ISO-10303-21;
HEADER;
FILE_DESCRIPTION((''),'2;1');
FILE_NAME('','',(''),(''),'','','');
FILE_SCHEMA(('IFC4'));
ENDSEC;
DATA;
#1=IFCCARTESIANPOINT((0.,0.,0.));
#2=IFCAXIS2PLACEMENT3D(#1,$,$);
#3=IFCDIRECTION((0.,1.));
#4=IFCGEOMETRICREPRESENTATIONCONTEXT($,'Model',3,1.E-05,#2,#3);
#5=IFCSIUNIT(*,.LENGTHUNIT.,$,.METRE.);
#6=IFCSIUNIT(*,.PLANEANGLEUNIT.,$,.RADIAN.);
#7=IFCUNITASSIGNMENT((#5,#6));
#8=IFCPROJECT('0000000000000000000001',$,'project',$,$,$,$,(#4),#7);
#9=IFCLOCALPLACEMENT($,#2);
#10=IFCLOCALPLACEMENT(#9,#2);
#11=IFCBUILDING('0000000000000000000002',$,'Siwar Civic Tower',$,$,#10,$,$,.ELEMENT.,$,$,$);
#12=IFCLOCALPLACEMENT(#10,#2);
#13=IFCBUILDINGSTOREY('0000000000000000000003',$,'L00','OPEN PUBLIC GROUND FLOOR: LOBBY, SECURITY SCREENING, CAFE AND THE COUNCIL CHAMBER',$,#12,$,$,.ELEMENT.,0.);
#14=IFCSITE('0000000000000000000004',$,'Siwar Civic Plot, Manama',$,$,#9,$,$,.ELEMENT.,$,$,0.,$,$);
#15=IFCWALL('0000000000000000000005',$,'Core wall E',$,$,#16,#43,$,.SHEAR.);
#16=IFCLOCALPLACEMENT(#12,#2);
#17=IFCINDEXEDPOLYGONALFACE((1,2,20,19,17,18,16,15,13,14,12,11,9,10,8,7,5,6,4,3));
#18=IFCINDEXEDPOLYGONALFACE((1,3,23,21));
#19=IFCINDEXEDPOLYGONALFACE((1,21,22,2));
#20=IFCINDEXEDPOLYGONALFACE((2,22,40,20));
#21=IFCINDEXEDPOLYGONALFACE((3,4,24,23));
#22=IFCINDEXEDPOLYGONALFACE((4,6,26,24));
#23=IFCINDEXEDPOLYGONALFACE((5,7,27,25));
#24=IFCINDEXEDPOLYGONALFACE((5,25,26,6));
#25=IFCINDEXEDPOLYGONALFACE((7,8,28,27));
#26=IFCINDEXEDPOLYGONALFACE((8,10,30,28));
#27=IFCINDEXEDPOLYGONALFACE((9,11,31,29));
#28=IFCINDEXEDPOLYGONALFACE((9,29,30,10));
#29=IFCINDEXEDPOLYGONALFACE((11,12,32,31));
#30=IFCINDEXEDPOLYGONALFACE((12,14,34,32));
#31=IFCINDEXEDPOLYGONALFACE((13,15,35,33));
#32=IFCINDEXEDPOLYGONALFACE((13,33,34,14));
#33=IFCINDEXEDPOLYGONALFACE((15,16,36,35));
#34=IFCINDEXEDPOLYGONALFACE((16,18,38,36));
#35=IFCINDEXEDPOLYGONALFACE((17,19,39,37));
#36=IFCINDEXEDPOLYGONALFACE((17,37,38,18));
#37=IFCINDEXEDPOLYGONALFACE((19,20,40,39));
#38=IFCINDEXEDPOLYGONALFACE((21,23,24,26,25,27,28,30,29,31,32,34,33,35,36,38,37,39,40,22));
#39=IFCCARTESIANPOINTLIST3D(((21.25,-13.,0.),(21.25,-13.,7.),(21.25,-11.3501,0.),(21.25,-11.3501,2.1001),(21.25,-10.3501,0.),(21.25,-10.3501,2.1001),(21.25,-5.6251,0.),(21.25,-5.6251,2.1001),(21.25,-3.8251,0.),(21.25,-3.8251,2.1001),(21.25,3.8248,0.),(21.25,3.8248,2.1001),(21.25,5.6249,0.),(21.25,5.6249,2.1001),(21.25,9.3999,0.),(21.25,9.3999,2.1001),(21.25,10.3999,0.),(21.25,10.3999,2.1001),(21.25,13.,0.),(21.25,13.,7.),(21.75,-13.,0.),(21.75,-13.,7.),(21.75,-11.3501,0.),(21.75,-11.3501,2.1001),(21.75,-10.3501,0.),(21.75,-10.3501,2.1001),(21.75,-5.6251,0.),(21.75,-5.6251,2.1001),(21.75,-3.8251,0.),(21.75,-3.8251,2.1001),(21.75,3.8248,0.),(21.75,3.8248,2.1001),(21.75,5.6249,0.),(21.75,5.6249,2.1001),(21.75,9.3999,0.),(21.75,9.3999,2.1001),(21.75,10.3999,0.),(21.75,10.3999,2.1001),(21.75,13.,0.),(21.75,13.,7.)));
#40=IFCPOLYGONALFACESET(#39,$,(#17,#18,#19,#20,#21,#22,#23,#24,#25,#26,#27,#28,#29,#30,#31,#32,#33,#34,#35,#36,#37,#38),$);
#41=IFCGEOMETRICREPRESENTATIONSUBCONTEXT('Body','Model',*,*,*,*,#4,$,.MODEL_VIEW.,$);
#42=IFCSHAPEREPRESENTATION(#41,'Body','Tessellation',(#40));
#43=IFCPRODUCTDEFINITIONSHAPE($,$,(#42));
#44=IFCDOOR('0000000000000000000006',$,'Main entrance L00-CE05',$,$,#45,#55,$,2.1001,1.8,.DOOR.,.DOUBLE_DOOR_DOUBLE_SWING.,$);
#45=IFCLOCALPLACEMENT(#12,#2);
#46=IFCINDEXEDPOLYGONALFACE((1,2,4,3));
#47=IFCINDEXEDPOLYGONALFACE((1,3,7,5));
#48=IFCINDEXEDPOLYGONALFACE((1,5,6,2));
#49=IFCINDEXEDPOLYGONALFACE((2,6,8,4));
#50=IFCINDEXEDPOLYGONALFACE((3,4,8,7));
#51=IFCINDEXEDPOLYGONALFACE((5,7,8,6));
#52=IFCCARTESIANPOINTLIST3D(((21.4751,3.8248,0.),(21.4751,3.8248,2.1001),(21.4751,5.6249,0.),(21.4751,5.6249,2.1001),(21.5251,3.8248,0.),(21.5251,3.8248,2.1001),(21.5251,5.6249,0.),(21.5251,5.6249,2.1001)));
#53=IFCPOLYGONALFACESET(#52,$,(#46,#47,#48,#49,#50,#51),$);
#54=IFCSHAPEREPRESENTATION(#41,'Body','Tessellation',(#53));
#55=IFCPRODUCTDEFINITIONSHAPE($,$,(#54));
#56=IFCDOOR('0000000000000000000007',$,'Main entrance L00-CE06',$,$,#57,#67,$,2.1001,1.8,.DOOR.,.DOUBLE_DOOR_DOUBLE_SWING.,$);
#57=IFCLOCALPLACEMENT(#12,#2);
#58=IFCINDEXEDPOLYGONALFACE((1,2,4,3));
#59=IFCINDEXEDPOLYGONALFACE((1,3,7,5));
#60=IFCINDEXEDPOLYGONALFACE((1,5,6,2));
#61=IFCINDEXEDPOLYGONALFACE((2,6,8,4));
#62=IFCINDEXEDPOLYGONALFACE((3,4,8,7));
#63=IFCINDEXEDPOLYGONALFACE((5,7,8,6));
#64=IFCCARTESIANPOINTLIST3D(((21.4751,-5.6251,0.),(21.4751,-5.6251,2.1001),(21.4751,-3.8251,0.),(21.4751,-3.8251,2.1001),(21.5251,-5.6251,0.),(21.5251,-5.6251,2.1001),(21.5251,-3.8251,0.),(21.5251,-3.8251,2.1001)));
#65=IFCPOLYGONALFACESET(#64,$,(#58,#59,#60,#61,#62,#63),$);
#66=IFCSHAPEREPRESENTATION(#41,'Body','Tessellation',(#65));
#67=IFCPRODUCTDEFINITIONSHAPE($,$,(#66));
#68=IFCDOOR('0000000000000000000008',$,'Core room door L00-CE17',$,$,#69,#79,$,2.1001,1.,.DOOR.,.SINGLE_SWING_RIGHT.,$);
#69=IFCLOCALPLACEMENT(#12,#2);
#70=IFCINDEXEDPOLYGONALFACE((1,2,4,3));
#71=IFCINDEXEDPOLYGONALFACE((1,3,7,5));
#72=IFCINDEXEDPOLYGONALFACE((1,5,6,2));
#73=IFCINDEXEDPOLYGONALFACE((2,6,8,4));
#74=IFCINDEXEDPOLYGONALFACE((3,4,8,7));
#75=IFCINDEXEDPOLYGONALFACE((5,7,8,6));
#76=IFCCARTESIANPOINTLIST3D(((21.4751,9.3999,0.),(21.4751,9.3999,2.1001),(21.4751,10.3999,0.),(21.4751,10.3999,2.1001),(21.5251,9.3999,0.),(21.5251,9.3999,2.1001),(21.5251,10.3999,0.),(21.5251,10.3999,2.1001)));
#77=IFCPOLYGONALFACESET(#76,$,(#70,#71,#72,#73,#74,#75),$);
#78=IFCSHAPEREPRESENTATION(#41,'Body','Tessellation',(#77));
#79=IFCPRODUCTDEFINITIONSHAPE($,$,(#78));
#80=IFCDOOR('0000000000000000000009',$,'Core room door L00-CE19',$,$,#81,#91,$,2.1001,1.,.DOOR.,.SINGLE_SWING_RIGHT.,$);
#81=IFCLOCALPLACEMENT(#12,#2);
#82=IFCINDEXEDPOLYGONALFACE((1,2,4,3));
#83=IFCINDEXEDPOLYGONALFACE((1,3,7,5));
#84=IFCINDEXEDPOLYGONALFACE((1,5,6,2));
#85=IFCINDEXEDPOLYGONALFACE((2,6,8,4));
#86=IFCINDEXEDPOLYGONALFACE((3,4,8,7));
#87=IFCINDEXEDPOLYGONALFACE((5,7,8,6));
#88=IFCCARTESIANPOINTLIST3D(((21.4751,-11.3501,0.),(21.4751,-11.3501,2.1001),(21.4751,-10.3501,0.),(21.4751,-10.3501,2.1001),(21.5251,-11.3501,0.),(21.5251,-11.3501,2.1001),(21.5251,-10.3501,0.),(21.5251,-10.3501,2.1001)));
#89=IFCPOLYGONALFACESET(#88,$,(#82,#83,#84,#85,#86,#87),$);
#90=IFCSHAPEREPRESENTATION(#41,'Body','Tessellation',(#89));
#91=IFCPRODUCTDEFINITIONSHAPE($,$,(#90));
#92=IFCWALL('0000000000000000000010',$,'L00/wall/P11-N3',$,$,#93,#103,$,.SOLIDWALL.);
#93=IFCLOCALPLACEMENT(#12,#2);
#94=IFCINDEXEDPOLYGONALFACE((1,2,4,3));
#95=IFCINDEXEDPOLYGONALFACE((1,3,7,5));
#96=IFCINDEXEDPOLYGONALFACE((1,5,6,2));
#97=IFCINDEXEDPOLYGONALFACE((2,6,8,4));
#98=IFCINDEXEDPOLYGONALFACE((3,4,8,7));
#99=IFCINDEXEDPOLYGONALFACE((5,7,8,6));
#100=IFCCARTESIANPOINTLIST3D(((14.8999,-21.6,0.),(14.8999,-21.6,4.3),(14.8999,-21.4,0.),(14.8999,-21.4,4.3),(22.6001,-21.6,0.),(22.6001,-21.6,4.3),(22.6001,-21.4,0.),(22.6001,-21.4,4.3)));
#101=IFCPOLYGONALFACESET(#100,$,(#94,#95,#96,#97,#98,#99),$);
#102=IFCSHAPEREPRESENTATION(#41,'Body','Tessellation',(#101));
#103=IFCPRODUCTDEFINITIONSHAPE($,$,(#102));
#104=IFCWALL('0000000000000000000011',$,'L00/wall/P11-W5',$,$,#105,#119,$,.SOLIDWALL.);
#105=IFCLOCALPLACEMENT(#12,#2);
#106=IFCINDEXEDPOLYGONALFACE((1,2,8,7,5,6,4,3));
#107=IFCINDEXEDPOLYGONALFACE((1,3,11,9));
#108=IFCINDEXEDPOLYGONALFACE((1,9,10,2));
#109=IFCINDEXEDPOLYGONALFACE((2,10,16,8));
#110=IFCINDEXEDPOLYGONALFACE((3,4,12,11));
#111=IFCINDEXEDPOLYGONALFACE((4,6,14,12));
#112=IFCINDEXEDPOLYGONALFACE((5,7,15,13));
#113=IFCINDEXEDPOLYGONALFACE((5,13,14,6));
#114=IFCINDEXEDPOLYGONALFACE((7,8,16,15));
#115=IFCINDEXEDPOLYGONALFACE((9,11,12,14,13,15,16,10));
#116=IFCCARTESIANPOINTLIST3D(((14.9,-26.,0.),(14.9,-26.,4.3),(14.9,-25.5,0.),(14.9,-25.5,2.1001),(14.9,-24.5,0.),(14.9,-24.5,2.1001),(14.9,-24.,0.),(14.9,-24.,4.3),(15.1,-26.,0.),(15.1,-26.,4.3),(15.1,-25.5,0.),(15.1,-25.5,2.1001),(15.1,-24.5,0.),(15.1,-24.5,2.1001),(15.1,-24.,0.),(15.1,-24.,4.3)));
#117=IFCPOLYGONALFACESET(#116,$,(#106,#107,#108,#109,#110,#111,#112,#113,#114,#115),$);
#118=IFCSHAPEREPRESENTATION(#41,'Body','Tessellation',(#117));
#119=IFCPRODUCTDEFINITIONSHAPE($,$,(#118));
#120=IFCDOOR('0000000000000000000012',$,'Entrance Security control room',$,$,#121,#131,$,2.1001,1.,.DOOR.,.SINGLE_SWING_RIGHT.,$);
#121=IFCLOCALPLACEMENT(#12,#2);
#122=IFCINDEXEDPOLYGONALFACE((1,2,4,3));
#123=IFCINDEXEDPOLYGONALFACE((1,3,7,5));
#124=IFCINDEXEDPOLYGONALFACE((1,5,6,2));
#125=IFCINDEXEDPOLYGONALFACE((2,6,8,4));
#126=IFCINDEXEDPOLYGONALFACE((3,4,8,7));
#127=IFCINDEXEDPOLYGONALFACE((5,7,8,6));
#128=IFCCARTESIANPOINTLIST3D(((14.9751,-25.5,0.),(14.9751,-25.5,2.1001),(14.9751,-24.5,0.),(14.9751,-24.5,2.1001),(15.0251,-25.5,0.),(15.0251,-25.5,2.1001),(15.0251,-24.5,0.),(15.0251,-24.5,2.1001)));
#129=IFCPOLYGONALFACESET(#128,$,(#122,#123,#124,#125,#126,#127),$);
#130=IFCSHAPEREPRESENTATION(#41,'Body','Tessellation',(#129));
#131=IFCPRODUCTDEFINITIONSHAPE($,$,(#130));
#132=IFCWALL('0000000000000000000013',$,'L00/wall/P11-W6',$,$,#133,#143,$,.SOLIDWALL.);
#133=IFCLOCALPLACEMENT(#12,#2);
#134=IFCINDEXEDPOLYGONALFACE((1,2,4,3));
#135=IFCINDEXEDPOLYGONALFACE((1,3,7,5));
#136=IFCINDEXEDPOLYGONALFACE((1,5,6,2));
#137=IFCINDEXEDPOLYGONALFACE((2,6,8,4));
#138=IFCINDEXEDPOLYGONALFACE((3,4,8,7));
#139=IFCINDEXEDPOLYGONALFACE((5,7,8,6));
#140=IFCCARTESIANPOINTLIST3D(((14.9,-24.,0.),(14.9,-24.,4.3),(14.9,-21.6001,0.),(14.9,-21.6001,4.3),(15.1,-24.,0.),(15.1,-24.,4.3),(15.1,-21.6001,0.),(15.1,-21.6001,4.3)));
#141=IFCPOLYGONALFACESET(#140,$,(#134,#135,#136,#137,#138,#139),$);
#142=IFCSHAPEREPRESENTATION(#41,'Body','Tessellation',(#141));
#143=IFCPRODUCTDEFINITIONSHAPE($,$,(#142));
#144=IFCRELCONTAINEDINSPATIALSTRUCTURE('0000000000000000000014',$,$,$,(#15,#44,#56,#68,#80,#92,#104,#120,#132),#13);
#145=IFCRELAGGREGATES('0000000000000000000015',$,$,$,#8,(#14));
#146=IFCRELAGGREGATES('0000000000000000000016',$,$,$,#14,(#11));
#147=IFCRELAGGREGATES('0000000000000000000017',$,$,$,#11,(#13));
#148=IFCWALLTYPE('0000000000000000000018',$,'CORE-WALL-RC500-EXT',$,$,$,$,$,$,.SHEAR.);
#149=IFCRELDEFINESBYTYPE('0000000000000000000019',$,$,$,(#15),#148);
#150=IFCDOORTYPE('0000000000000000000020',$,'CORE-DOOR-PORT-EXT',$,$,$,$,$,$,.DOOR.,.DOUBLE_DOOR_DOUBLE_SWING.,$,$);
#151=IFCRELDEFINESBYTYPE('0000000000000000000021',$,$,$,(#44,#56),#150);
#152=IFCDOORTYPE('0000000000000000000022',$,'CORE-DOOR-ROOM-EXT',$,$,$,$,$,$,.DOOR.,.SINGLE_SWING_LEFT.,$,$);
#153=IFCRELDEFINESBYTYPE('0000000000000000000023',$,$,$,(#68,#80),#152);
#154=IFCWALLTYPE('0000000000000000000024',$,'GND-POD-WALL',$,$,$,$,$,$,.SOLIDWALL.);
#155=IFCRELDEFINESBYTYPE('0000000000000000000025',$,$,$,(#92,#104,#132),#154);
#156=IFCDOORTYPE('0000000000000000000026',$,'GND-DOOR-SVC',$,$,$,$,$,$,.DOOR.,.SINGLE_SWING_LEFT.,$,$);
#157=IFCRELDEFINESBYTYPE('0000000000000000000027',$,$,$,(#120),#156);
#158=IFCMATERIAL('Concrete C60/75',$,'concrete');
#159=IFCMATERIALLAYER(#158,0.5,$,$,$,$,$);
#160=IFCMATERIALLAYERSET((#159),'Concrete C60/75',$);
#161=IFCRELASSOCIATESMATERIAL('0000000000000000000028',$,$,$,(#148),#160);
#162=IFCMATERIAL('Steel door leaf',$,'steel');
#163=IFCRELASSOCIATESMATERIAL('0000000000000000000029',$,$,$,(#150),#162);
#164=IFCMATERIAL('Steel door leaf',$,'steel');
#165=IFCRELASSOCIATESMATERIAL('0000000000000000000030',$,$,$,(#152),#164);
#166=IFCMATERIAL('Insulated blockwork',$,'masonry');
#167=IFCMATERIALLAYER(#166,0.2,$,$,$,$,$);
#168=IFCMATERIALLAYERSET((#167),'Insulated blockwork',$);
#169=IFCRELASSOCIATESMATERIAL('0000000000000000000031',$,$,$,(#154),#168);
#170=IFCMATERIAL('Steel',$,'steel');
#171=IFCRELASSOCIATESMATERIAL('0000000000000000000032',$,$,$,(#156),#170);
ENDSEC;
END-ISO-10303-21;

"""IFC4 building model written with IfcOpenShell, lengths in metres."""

from ifc_helpers import new_model, si_unit, direction, frame, frame_2d, origin, place, context, subcontext, project, spatial, rectangle, extrude, material, layer, layer_set, type_object, element, fill, save


model = new_model("IFC4")

# Units and contexts
model_context = context("Model", 3, precision=1e-05, world=origin(), true_north=direction((0.0, 1.0)))
body_context = subcontext(model_context, "Body", "Model", "MODEL_VIEW")
ifc_project = project(units=[si_unit("LENGTHUNIT", "METRE"), si_unit("PLANEANGLEUNIT", "RADIAN")], contexts=[model_context])

# Site, building, storey
site_placement = place(None, origin())
site = spatial("IfcSite", under=ifc_project, at=site_placement, Name="Siwar Civic Plot, Manama", CompositionType="ELEMENT", RefElevation=0.0)
building_placement = place(site_placement, origin())
building = spatial("IfcBuilding", under=site, at=building_placement, Name="Siwar Civic Tower", CompositionType="ELEMENT")
storey_placement = place(building_placement, origin())
storey = spatial("IfcBuildingStorey", under=building, at=storey_placement, Name="L00", Description="OPEN PUBLIC GROUND FLOOR: LOBBY, SECURITY SCREENING, CAFE AND THE COUNCIL CHAMBER", CompositionType="ELEMENT", Elevation=0.0)

# Wall, openings, doors
ifc_material_1 = material(Name="Concrete C60/75", Category="concrete")
ifc_layer_1 = layer(ifc_material_1, 0.5)
ifc_layer_set_1 = layer_set([ifc_layer_1], Name="Concrete C60/75")
wall_type_1 = type_object("IfcWallType", Name="CORE-WALL-RC500-EXT", PredefinedType="SHEAR", material=ifc_layer_set_1)
wall_1_placement = place(storey_placement, frame((21.5, -13.0, 0.0), z_axis=(0.0, 0.0, 1.0), x_axis=(0.0, 1.0, 0.0)))
wall_1 = element("IfcWall", 1, at=wall_1_placement, inside=storey, type_object=wall_type_1, Name="Core wall E", PredefinedType="SHEAR", context=body_context, shape_type="SweptSolid", body=[
    extrude(rectangle(XDim=26.0, YDim=0.5, at=frame_2d((13.0, 0.0))), origin(), (0.0, 0.0, 1.0), 7.0),
])
opening_1_placement = place(wall_1_placement, frame((16.825, 0.0, 0.0)))
opening_1 = element("IfcOpeningElement", 2, at=opening_1_placement, cuts=wall_1, PredefinedType="OPENING", context=body_context, shape_type="SweptSolid", body=[
    extrude(rectangle(XDim=1.8, YDim=2.1001, at=frame_2d((0.8999, 1.05))), frame((0.0, 0.26, 0.0), z_axis=(0.0, -1.0, 0.0), x_axis=(1.0, 0.0, 0.0)), (0.0, 0.0, 1.0), 0.52),
])
opening_2_placement = place(wall_1_placement, frame((7.375, 0.0, 0.0)))
opening_2 = element("IfcOpeningElement", 3, at=opening_2_placement, cuts=wall_1, PredefinedType="OPENING", context=body_context, shape_type="SweptSolid", body=[
    extrude(rectangle(XDim=1.8, YDim=2.1001, at=frame_2d((0.8999, 1.05))), frame((0.0, 0.26, 0.0), z_axis=(0.0, -1.0, 0.0), x_axis=(1.0, 0.0, 0.0)), (0.0, 0.0, 1.0), 0.52),
])
opening_3_placement = place(wall_1_placement, frame((22.3999, 0.0, 0.0)))
opening_3 = element("IfcOpeningElement", 4, at=opening_3_placement, cuts=wall_1, PredefinedType="OPENING", context=body_context, shape_type="SweptSolid", body=[
    extrude(rectangle(XDim=1.0, YDim=2.1001, at=frame_2d((0.5, 1.05))), frame((0.0, 0.26, 0.0), z_axis=(0.0, -1.0, 0.0), x_axis=(1.0, 0.0, 0.0)), (0.0, 0.0, 1.0), 0.52),
])
opening_4_placement = place(wall_1_placement, frame((1.6499, 0.0, 0.0)))
opening_4 = element("IfcOpeningElement", 5, at=opening_4_placement, cuts=wall_1, PredefinedType="OPENING", context=body_context, shape_type="SweptSolid", body=[
    extrude(rectangle(XDim=1.0, YDim=2.1001, at=frame_2d((0.5, 1.05))), frame((0.0, 0.26, 0.0), z_axis=(0.0, -1.0, 0.0), x_axis=(1.0, 0.0, 0.0)), (0.0, 0.0, 1.0), 0.52),
])
ifc_material_2 = material(Name="Steel door leaf", Category="steel")
door_type_1 = type_object("IfcDoorType", Name="CORE-DOOR-PORT-EXT", OperationType="DOUBLE_DOOR_DOUBLE_SWING", PredefinedType="DOOR", material=ifc_material_2)
door_1_placement = place(opening_1_placement, frame((1.8, 0.0, 0.0), z_axis=(0.0, 0.0, 1.0), x_axis=(-1.0, 0.0, 0.0)))
door_1 = element("IfcDoor", 6, at=door_1_placement, inside=storey, type_object=door_type_1, Name="Main entrance L00-CE05", OperationType="DOUBLE_DOOR_DOUBLE_SWING", OverallHeight=2.1001, OverallWidth=1.8, PredefinedType="DOOR", context=body_context, shape_type="SweptSolid", body=[
    extrude(rectangle(XDim=1.8, YDim=2.1001, at=frame_2d((0.9001, 1.05))), frame((0.0, 0.0251, 0.0), z_axis=(0.0, -1.0, 0.0), x_axis=(1.0, 0.0, 0.0)), (0.0, 0.0, 1.0), 0.05),
])
fill(opening_1, door_1)
door_2_placement = place(opening_2_placement, frame((1.8, 0.0, 0.0), z_axis=(0.0, 0.0, 1.0), x_axis=(-1.0, 0.0, 0.0)))
door_2 = element("IfcDoor", 7, at=door_2_placement, inside=storey, type_object=door_type_1, Name="Main entrance L00-CE06", OperationType="DOUBLE_DOOR_DOUBLE_SWING", OverallHeight=2.1001, OverallWidth=1.8, PredefinedType="DOOR", context=body_context, shape_type="SweptSolid", body=[
    extrude(rectangle(XDim=1.8, YDim=2.1001, at=frame_2d((0.9001, 1.05))), frame((0.0, 0.0251, 0.0), z_axis=(0.0, -1.0, 0.0), x_axis=(1.0, 0.0, 0.0)), (0.0, 0.0, 1.0), 0.05),
])
fill(opening_2, door_2)
ifc_material_3 = material(Name="Steel door leaf", Category="steel")
door_type_2 = type_object("IfcDoorType", Name="CORE-DOOR-ROOM-EXT", OperationType="SINGLE_SWING_LEFT", PredefinedType="DOOR", material=ifc_material_3)
door_3_placement = place(opening_3_placement, frame((1.0, 0.0, 0.0), z_axis=(0.0, 0.0, 1.0), x_axis=(-1.0, 0.0, 0.0)))
door_3 = element("IfcDoor", 8, at=door_3_placement, inside=storey, type_object=door_type_2, Name="Core room door L00-CE17", OperationType="SINGLE_SWING_RIGHT", OverallHeight=2.1001, OverallWidth=1.0, PredefinedType="DOOR", context=body_context, shape_type="SweptSolid", body=[
    extrude(rectangle(XDim=1.0, YDim=2.1001, at=frame_2d((0.5, 1.05))), frame((0.0, 0.0251, 0.0), z_axis=(0.0, -1.0, 0.0), x_axis=(1.0, 0.0, 0.0)), (0.0, 0.0, 1.0), 0.05),
])
fill(opening_3, door_3)
door_4_placement = place(opening_4_placement, frame((1.0, 0.0, 0.0), z_axis=(0.0, 0.0, 1.0), x_axis=(-1.0, 0.0, 0.0)))
door_4 = element("IfcDoor", 9, at=door_4_placement, inside=storey, type_object=door_type_2, Name="Core room door L00-CE19", OperationType="SINGLE_SWING_RIGHT", OverallHeight=2.1001, OverallWidth=1.0, PredefinedType="DOOR", context=body_context, shape_type="SweptSolid", body=[
    extrude(rectangle(XDim=1.0, YDim=2.1001, at=frame_2d((0.5, 1.05))), frame((0.0, 0.0251, 0.0), z_axis=(0.0, -1.0, 0.0), x_axis=(1.0, 0.0, 0.0)), (0.0, 0.0, 1.0), 0.05),
])
fill(opening_4, door_4)

# Wall
ifc_material_4 = material(Name="Insulated blockwork", Category="masonry")
ifc_layer_2 = layer(ifc_material_4, 0.2)
ifc_layer_set_2 = layer_set([ifc_layer_2], Name="Insulated blockwork")
wall_type_2 = type_object("IfcWallType", Name="GND-POD-WALL", PredefinedType="SOLIDWALL", material=ifc_layer_set_2)
wall_2_placement = place(storey_placement, frame((14.8999, -21.5, 0.0), z_axis=(0.0, 0.0, 1.0), x_axis=(1.0, 0.0, 0.0)))
element("IfcWall", 10, at=wall_2_placement, inside=storey, type_object=wall_type_2, Name="L00/wall/P11-N3", PredefinedType="SOLIDWALL", context=body_context, shape_type="SweptSolid", body=[
    extrude(rectangle(XDim=7.7002, YDim=0.2, at=frame_2d((3.8501, 0.0))), origin(), (0.0, 0.0, 1.0), 4.3),
])

# Wall, opening, door
wall_3_placement = place(storey_placement, frame((15.0, -26.0, 0.0), z_axis=(0.0, 0.0, 1.0), x_axis=(0.0, 1.0, 0.0)))
wall_3 = element("IfcWall", 11, at=wall_3_placement, inside=storey, type_object=wall_type_2, Name="L00/wall/P11-W5", PredefinedType="SOLIDWALL", context=body_context, shape_type="SweptSolid", body=[
    extrude(rectangle(XDim=2.0, YDim=0.2, at=frame_2d((1.0, 0.0))), origin(), (0.0, 0.0, 1.0), 4.3),
])
opening_5_placement = place(wall_3_placement, frame((0.5, 0.0, 0.0)))
opening_5 = element("IfcOpeningElement", 12, at=opening_5_placement, cuts=wall_3, PredefinedType="OPENING", context=body_context, shape_type="SweptSolid", body=[
    extrude(rectangle(XDim=1.0, YDim=2.1001, at=frame_2d((0.5, 1.05))), frame((0.0, 0.1099, 0.0), z_axis=(0.0, -1.0, 0.0), x_axis=(1.0, 0.0, 0.0)), (0.0, 0.0, 1.0), 0.22),
])
ifc_material_5 = material(Name="Steel", Category="steel")
door_type_3 = type_object("IfcDoorType", Name="GND-DOOR-SVC", OperationType="SINGLE_SWING_LEFT", PredefinedType="DOOR", material=ifc_material_5)
door_5_placement = place(opening_5_placement, origin())
door_5 = element("IfcDoor", 13, at=door_5_placement, inside=storey, type_object=door_type_3, Name="Entrance Security control room", OperationType="SINGLE_SWING_RIGHT", OverallHeight=2.1001, OverallWidth=1.0, PredefinedType="DOOR", context=body_context, shape_type="SweptSolid", body=[
    extrude(rectangle(XDim=1.0, YDim=2.1001, at=frame_2d((0.5, 1.05))), frame((0.0, 0.0249, 0.0), z_axis=(0.0, -1.0, 0.0), x_axis=(1.0, 0.0, 0.0)), (0.0, 0.0, 1.0), 0.05),
])
fill(opening_5, door_5)

# Wall
wall_4_placement = place(storey_placement, frame((15.0, -24.0, 0.0), z_axis=(0.0, 0.0, 1.0), x_axis=(0.0, 1.0, 0.0)))
element("IfcWall", 14, at=wall_4_placement, inside=storey, type_object=wall_type_2, Name="L00/wall/P11-W6", PredefinedType="SOLIDWALL", context=body_context, shape_type="SweptSolid", body=[
    extrude(rectangle(XDim=2.3999, YDim=0.2, at=frame_2d((1.2, 0.0))), origin(), (0.0, 0.0, 1.0), 4.3),
])

save(model, "model.ifc")
